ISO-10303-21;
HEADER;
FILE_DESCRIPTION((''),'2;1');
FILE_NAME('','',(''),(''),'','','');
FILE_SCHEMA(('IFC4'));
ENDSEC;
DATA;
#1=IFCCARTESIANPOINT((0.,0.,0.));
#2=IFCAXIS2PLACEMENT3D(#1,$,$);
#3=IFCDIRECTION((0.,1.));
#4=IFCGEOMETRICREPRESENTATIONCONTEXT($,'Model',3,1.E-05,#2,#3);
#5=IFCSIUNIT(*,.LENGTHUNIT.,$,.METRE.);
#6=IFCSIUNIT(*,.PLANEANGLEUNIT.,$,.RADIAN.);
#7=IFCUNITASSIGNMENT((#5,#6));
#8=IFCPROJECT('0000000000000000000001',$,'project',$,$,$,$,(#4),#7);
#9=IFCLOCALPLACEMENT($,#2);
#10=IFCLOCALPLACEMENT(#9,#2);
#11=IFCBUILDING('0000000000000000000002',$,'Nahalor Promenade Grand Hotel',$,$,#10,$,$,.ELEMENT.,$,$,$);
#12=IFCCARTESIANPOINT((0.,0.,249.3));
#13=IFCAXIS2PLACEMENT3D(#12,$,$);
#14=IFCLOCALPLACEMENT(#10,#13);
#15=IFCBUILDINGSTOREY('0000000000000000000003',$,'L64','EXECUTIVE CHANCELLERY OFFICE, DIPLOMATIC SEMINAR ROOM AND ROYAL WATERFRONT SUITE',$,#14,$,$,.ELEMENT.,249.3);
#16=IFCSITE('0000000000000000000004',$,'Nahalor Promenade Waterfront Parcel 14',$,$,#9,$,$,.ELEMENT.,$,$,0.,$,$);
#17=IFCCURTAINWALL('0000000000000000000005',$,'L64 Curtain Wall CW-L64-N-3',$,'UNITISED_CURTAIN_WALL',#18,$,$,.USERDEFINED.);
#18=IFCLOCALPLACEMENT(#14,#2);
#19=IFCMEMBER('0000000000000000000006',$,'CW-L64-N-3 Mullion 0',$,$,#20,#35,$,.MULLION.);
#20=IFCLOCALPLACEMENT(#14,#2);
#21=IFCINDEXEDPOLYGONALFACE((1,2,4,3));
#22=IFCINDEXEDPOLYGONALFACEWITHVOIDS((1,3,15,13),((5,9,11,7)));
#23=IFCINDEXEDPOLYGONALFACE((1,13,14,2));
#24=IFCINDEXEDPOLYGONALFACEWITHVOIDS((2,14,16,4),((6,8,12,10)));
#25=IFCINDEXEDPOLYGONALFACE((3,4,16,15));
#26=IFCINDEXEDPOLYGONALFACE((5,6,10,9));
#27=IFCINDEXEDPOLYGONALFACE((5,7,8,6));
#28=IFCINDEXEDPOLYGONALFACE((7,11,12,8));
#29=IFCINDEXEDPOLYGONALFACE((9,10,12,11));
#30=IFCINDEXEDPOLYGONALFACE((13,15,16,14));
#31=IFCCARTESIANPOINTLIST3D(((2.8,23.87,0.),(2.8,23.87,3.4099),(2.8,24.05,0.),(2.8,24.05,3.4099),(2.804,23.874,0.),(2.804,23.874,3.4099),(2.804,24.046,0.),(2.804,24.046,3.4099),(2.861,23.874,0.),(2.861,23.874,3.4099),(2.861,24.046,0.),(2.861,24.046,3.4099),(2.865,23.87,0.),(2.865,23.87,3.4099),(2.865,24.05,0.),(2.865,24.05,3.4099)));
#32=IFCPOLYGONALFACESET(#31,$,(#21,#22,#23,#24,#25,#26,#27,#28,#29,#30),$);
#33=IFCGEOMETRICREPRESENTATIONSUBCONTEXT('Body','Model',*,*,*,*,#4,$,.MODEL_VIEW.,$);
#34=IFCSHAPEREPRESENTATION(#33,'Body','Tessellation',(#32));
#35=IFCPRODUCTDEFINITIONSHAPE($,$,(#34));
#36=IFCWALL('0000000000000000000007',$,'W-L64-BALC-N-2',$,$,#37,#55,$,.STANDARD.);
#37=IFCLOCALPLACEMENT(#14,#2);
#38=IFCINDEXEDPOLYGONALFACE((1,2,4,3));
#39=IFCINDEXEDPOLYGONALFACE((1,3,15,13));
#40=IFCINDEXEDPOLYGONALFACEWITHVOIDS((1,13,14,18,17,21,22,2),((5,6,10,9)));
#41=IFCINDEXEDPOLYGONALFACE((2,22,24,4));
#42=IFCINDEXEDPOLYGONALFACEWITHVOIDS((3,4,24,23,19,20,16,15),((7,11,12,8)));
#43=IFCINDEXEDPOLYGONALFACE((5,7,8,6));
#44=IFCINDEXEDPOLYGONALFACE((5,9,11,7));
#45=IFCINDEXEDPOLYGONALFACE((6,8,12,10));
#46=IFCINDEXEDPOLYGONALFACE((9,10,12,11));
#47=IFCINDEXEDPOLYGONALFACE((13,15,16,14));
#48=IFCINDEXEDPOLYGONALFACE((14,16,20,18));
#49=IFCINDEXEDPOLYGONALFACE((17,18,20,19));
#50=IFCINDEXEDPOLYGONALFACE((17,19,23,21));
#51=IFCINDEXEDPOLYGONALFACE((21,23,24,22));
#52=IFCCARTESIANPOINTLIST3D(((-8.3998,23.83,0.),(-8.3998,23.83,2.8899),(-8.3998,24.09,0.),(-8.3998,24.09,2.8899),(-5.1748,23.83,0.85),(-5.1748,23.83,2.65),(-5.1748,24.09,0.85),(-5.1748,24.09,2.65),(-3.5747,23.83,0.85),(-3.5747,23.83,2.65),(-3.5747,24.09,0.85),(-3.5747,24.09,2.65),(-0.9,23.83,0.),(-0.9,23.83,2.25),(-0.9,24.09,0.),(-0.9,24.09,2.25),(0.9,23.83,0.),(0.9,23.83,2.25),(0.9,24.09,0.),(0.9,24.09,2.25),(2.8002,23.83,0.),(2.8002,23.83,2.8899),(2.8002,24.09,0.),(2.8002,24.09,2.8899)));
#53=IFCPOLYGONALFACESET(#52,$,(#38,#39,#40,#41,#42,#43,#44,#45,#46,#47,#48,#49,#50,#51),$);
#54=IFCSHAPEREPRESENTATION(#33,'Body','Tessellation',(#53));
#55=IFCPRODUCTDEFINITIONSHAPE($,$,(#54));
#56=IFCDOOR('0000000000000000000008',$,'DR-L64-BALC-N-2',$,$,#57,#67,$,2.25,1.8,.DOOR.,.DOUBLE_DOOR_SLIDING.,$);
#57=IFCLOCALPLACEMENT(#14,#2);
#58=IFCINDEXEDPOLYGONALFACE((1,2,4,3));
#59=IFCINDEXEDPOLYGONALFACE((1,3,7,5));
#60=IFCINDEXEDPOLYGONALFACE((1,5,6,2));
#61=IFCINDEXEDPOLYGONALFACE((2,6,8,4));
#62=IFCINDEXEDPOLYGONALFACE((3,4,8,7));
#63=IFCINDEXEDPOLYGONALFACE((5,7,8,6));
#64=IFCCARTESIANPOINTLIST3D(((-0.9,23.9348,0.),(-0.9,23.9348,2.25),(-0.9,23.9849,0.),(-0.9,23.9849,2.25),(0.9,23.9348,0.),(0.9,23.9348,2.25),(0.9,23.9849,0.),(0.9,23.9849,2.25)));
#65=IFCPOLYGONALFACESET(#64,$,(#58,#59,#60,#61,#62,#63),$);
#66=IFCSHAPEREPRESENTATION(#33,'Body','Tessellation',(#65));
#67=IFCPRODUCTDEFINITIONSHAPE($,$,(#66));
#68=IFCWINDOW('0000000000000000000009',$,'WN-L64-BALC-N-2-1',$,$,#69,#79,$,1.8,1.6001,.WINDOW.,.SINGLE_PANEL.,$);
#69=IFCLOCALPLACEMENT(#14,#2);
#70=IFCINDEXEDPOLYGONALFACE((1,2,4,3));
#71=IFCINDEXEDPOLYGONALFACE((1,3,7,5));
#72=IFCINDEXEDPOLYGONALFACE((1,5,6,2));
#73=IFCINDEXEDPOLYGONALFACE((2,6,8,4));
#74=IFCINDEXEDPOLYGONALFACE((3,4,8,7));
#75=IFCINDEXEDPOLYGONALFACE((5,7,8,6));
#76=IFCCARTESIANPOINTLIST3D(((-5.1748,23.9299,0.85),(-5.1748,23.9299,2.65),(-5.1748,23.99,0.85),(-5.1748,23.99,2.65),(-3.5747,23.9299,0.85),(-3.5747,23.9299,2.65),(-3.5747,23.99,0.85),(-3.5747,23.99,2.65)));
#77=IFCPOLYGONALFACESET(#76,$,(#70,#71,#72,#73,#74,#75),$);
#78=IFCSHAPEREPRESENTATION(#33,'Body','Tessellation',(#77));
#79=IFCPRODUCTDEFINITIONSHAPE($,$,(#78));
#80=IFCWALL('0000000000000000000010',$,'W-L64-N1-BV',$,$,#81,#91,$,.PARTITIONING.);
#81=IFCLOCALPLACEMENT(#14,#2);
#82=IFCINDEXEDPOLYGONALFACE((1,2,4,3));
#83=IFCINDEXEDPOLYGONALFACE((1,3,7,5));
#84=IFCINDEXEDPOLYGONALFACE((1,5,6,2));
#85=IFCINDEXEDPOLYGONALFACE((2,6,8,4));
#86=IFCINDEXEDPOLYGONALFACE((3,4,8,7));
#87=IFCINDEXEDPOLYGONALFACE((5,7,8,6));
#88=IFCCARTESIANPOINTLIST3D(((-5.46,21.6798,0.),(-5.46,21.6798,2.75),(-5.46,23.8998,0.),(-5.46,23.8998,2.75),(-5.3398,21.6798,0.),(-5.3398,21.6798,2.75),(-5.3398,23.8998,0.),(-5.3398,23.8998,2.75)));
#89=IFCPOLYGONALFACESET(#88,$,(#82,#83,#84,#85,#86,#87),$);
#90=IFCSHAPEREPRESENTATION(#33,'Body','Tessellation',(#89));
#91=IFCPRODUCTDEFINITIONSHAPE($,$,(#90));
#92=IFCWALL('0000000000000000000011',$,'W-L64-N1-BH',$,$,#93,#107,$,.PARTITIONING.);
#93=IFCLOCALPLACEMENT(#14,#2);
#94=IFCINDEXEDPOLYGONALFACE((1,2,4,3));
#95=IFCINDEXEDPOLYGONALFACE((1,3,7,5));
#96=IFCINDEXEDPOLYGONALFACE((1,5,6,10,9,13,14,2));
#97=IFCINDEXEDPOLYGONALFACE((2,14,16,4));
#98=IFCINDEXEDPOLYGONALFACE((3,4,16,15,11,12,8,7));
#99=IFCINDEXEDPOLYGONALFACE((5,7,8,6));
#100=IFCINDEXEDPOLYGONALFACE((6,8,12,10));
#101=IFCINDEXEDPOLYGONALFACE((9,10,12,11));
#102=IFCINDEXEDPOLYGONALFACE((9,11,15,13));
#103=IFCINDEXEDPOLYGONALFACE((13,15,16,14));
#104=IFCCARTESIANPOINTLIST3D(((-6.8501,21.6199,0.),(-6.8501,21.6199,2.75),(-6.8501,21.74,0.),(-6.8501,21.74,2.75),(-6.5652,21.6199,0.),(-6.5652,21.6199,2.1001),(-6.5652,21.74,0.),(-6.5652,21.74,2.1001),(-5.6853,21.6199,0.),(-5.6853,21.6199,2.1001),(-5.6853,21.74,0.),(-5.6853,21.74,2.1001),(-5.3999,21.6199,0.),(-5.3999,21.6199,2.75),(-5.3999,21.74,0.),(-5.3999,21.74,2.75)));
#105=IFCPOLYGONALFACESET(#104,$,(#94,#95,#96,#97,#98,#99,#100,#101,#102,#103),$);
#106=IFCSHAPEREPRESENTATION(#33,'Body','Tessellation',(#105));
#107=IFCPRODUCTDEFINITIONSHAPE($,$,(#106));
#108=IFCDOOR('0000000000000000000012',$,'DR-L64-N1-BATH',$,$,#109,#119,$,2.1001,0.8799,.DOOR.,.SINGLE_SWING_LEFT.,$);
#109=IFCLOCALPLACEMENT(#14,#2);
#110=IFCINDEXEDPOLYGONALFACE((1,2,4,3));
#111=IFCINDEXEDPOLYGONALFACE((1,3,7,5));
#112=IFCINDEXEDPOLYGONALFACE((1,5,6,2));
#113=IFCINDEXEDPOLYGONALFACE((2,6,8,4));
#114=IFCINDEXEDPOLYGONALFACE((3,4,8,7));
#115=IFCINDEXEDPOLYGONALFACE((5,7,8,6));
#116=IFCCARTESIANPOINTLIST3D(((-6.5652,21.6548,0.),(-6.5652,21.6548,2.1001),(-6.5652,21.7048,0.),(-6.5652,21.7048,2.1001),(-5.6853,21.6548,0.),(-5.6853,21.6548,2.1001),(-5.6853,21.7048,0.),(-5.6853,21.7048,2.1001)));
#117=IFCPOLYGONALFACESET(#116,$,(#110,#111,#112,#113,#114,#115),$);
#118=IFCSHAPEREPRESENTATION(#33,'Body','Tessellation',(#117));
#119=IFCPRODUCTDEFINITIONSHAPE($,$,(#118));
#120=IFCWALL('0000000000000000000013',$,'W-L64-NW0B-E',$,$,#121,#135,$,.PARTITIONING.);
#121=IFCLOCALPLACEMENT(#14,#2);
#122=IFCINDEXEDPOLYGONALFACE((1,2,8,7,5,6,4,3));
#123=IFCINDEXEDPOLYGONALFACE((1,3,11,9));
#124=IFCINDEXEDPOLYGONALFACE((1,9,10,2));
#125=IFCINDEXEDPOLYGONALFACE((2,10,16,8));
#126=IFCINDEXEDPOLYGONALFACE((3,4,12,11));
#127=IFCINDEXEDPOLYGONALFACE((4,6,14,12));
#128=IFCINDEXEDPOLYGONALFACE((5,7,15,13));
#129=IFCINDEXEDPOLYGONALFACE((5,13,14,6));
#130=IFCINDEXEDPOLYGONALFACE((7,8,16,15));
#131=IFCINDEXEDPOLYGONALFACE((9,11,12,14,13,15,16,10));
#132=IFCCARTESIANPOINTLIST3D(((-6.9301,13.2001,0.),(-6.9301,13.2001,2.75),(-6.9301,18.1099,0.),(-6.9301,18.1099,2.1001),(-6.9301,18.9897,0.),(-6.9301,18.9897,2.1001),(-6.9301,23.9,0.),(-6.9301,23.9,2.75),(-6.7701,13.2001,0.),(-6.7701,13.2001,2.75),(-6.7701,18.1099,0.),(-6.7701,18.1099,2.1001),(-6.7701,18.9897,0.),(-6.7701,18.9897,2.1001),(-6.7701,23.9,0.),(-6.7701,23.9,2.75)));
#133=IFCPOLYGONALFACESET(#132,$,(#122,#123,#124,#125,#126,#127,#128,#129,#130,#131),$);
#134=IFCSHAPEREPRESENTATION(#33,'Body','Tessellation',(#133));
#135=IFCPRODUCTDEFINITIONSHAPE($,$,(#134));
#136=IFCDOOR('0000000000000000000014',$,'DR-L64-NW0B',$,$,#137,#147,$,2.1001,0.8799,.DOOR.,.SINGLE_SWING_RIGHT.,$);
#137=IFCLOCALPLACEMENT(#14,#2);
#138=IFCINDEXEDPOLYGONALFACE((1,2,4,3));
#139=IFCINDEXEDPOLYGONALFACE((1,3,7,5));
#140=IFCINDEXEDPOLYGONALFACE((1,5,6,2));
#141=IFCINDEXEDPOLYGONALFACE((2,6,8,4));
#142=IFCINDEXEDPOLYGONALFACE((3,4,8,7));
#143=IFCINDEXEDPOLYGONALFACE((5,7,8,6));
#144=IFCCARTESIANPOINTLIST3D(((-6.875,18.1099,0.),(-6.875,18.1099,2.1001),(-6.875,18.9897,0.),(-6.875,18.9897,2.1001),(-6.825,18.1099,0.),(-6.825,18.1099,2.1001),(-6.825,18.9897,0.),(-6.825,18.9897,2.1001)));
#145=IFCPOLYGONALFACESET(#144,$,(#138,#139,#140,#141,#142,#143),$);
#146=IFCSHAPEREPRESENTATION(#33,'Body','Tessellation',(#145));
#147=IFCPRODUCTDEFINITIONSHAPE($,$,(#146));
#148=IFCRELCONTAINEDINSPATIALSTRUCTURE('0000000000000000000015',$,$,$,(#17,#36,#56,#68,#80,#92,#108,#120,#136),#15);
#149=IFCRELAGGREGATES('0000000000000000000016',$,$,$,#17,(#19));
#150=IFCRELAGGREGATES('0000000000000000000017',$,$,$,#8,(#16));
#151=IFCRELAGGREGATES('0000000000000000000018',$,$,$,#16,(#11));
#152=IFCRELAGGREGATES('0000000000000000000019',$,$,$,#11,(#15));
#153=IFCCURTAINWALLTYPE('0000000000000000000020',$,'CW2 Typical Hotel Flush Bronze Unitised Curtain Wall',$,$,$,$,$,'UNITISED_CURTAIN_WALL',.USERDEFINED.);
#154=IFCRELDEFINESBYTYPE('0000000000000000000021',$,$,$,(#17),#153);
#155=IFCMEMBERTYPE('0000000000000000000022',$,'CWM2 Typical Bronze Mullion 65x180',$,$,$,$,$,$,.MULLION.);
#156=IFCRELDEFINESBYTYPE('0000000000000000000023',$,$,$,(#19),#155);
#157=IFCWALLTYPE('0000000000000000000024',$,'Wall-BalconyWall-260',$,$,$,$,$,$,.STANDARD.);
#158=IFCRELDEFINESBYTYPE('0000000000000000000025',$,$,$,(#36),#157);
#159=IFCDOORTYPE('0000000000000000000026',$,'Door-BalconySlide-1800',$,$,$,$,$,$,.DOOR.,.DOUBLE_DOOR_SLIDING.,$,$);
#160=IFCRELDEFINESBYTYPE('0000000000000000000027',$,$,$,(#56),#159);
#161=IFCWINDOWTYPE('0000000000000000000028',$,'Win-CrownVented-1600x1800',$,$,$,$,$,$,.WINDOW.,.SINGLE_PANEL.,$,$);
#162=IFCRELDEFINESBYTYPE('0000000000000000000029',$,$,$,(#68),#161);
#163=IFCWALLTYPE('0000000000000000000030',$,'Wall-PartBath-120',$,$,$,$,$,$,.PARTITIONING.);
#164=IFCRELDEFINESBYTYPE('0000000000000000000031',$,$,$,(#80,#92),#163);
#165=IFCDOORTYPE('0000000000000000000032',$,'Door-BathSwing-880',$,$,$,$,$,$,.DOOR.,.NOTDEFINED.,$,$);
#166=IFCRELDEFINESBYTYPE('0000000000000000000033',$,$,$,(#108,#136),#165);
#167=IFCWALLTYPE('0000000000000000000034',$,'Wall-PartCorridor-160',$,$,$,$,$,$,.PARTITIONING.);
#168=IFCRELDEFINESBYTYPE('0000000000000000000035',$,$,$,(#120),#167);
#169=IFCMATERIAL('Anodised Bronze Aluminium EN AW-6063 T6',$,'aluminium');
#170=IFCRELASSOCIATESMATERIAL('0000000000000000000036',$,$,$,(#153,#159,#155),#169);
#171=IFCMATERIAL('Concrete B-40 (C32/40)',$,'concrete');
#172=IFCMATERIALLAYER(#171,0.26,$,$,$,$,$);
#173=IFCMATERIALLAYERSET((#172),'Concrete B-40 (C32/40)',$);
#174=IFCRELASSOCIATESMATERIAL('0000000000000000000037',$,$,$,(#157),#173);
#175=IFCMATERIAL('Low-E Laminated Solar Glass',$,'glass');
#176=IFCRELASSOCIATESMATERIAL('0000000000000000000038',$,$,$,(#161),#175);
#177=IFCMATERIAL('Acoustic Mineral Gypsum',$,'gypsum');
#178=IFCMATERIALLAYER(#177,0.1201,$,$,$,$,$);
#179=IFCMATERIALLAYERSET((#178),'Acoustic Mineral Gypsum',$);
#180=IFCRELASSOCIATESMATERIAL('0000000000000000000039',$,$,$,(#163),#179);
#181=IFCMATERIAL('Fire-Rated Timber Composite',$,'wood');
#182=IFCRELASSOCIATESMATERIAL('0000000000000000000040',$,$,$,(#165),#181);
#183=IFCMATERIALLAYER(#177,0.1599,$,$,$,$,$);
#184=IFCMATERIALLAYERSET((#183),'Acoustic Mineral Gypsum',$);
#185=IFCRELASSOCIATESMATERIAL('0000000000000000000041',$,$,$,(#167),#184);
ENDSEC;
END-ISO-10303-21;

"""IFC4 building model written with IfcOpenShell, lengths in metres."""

from ifc_helpers import new_model, si_unit, direction, frame, frame_2d, origin, origin_2d, place, context, subcontext, project, spatial, rectangle, hollow_rectangle, extrude, source, transform, mapped, material, layer, layer_set, material_profile, profile_set, type_object, element, fill, aggregate, save


model = new_model("IFC4")

# Units and contexts
model_context = context("Model", 3, precision=1e-05, world=origin(), true_north=direction((0.0, 1.0)))
body_context = subcontext(model_context, "Body", "Model", "MODEL_VIEW")
ifc_project = project(units=[si_unit("LENGTHUNIT", "METRE"), si_unit("PLANEANGLEUNIT", "RADIAN")], contexts=[model_context])

# Site, building, storey
site_placement = place(None, origin())
site = spatial("IfcSite", under=ifc_project, at=site_placement, Name="Nahalor Promenade Waterfront Parcel 14", CompositionType="ELEMENT", RefElevation=0.0)
building_placement = place(site_placement, origin())
building = spatial("IfcBuilding", under=site, at=building_placement, Name="Nahalor Promenade Grand Hotel", CompositionType="ELEMENT")
storey_placement = place(building_placement, frame((0.0, 0.0, 249.3)))
storey = spatial("IfcBuildingStorey", under=building, at=storey_placement, Name="L64", Description="EXECUTIVE CHANCELLERY OFFICE, DIPLOMATIC SEMINAR ROOM AND ROYAL WATERFRONT SUITE", CompositionType="ELEMENT", Elevation=249.3)

# Curtain wall, member
ifc_material_1 = material(Name="Anodised Bronze Aluminium EN AW-6063 T6", Category="aluminium")
curtain_wall_type = type_object("IfcCurtainWallType", Name="CW2 Typical Hotel Flush Bronze Unitised Curtain Wall", ElementType="UNITISED_CURTAIN_WALL", PredefinedType="USERDEFINED", material=ifc_material_1)
curtain_wall_placement = place(storey_placement, origin())
curtain_wall = element("IfcCurtainWall", 1, at=curtain_wall_placement, inside=storey, type_object=curtain_wall_type, Name="L64 Curtain Wall CW-L64-N-3", ObjectType="UNITISED_CURTAIN_WALL", PredefinedType="USERDEFINED")
ifc_material_profile_1 = material_profile(ifc_material_1, hollow_rectangle(XDim=0.065, YDim=0.18, WallThickness=0.004, at=origin_2d()), Name="CWM 65x180x4")
ifc_profile_set_1 = profile_set([ifc_material_profile_1], Name="Anodised Bronze Aluminium EN AW-6063 T6")
member_type_1 = type_object("IfcMemberType", Name="CWM2 Typical Bronze Mullion 65x180", PredefinedType="MULLION", material=ifc_profile_set_1)
shared_shape_1 = source(origin(), body_context, "Body", "SweptSolid", [
    extrude(hollow_rectangle(XDim=0.065, YDim=0.18, WallThickness=0.004, at=origin_2d()), origin(), (0.0, 0.0, 1.0), 3.4099),
])
member_1_placement = place(storey_placement, frame((2.8325, 23.96, 0.0), z_axis=(0.0, 0.0, 1.0), x_axis=(1.0, 0.0, 0.0)))
member_1 = element("IfcMember", 2, at=member_1_placement, type_object=member_type_1, Name="CW-L64-N-3 Mullion 0", PredefinedType="MULLION", context=body_context, shape_type="MappedRepresentation", body=[
    mapped(shared_shape_1, transform((0.0, 0.0, 0.0), scale=1.0)),
])
aggregate(curtain_wall, [member_1])

# Wall, openings, door, window
ifc_material_2 = material(Name="Concrete B-40 (C32/40)", Category="concrete")
ifc_layer_1 = layer(ifc_material_2, 0.26)
ifc_layer_set_1 = layer_set([ifc_layer_1], Name="Concrete B-40 (C32/40)")
wall_type_1 = type_object("IfcWallType", Name="Wall-BalconyWall-260", PredefinedType="STANDARD", material=ifc_layer_set_1)
shared_shape_2 = source(origin(), body_context, "Body", "SweptSolid", [
    extrude(rectangle(XDim=11.2, YDim=0.26, at=frame_2d((5.6001, 0.0))), origin(), (0.0, 0.0, 1.0), 2.8899),
])
wall_1_placement = place(storey_placement, frame((-8.3999, 23.96, 0.0), z_axis=(0.0, 0.0, 1.0), x_axis=(1.0, 0.0, 0.0)))
wall_1 = element("IfcWall", 3, at=wall_1_placement, inside=storey, type_object=wall_type_1, Name="W-L64-BALC-N-2", PredefinedType="STANDARD", context=body_context, shape_type="MappedRepresentation", body=[
    mapped(shared_shape_2, transform((0.0, 0.0, 0.0), scale=1.0)),
])
opening_1_placement = place(wall_1_placement, frame((7.5, 0.0, 0.0)))
opening_1 = element("IfcOpeningElement", 4, at=opening_1_placement, cuts=wall_1, PredefinedType="OPENING", context=body_context, shape_type="SweptSolid", body=[
    extrude(rectangle(XDim=1.8, YDim=2.25, at=frame_2d((0.8999, 1.125))), frame((0.0, 0.1399, 0.0), z_axis=(0.0, -1.0, 0.0), x_axis=(1.0, 0.0, 0.0)), (0.0, 0.0, 1.0), 0.28),
])
opening_2_placement = place(wall_1_placement, frame((3.2251, 0.0, 0.8501)))
opening_2 = element("IfcOpeningElement", 5, at=opening_2_placement, cuts=wall_1, PredefinedType="OPENING", context=body_context, shape_type="SweptSolid", body=[
    extrude(rectangle(XDim=1.6001, YDim=1.8, at=frame_2d((0.8, 0.8999))), frame((0.0, 0.1399, 0.0), z_axis=(0.0, -1.0, 0.0), x_axis=(1.0, 0.0, 0.0)), (0.0, 0.0, 1.0), 0.28),
])
door_type_1 = type_object("IfcDoorType", Name="Door-BalconySlide-1800", OperationType="DOUBLE_DOOR_SLIDING", PredefinedType="DOOR", material=ifc_material_1)
shared_shape_3 = source(origin(), body_context, "Body", "SweptSolid", [
    extrude(rectangle(XDim=1.8, YDim=2.25, at=frame_2d((0.8999, 1.125))), frame((0.0, 0.0249, 0.0), z_axis=(0.0, -1.0, 0.0), x_axis=(1.0, 0.0, 0.0)), (0.0, 0.0, 1.0), 0.05),
])
door_1_placement = place(opening_1_placement, origin())
door_1 = element("IfcDoor", 6, at=door_1_placement, inside=storey, type_object=door_type_1, Name="DR-L64-BALC-N-2", OperationType="DOUBLE_DOOR_SLIDING", OverallHeight=2.25, OverallWidth=1.8, PredefinedType="DOOR", context=body_context, shape_type="MappedRepresentation", body=[
    mapped(shared_shape_3, transform((0.0, 0.0, 0.0), scale=1.0)),
])
fill(opening_1, door_1)
ifc_material_3 = material(Name="Low-E Laminated Solar Glass", Category="glass")
window_type = type_object("IfcWindowType", Name="Win-CrownVented-1600x1800", PartitioningType="SINGLE_PANEL", PredefinedType="WINDOW", material=ifc_material_3)
shared_shape_4 = source(origin(), body_context, "Body", "SweptSolid", [
    extrude(rectangle(XDim=1.6001, YDim=1.8, at=frame_2d((0.8, 0.8999))), frame((0.0, 0.03, 0.0), z_axis=(0.0, -1.0, 0.0), x_axis=(1.0, 0.0, 0.0)), (0.0, 0.0, 1.0), 0.0601),
])
window_placement = place(opening_2_placement, origin())
window = element("IfcWindow", 7, at=window_placement, inside=storey, type_object=window_type, Name="WN-L64-BALC-N-2-1", OverallHeight=1.8, OverallWidth=1.6001, PartitioningType="SINGLE_PANEL", PredefinedType="WINDOW", context=body_context, shape_type="MappedRepresentation", body=[
    mapped(shared_shape_4, transform((0.0, 0.0, 0.0), scale=1.0)),
])
fill(opening_2, window)

# Wall
ifc_material_4 = material(Name="Acoustic Mineral Gypsum", Category="gypsum")
ifc_layer_2 = layer(ifc_material_4, 0.1201)
ifc_layer_set_2 = layer_set([ifc_layer_2], Name="Acoustic Mineral Gypsum")
wall_type_2 = type_object("IfcWallType", Name="Wall-PartBath-120", PredefinedType="PARTITIONING", material=ifc_layer_set_2)
shared_shape_5 = source(origin(), body_context, "Body", "SweptSolid", [
    extrude(rectangle(XDim=2.22, YDim=0.1201, at=frame_2d((1.1099, 0.0))), origin(), (0.0, 0.0, 1.0), 2.75),
])
wall_2_placement = place(storey_placement, frame((-5.3999, 21.6799, 0.0), z_axis=(0.0, 0.0, 1.0), x_axis=(0.0, 1.0, 0.0)))
element("IfcWall", 8, at=wall_2_placement, inside=storey, type_object=wall_type_2, Name="W-L64-N1-BV", PredefinedType="PARTITIONING", context=body_context, shape_type="MappedRepresentation", body=[
    mapped(shared_shape_5, transform((0.0, 0.0, 0.0), scale=1.0)),
])

# Walls, openings, doors
shared_shape_6 = source(origin(), body_context, "Body", "SweptSolid", [
    extrude(rectangle(XDim=1.4502, YDim=0.1201, at=frame_2d((0.7251, 0.0))), origin(), (0.0, 0.0, 1.0), 2.75),
])
wall_3_placement = place(storey_placement, frame((-6.8501, 21.6799, 0.0), z_axis=(0.0, 0.0, 1.0), x_axis=(1.0, 0.0, 0.0)))
wall_3 = element("IfcWall", 9, at=wall_3_placement, inside=storey, type_object=wall_type_2, Name="W-L64-N1-BH", PredefinedType="PARTITIONING", context=body_context, shape_type="MappedRepresentation", body=[
    mapped(shared_shape_6, transform((0.0, 0.0, 0.0), scale=1.0)),
])
opening_3_placement = place(wall_3_placement, frame((0.2849, 0.0, 0.0)))
opening_3 = element("IfcOpeningElement", 10, at=opening_3_placement, cuts=wall_3, PredefinedType="OPENING", context=body_context, shape_type="SweptSolid", body=[
    extrude(rectangle(XDim=0.8799, YDim=2.1001, at=frame_2d((0.4399, 1.05))), frame((0.0, 0.0701, 0.0), z_axis=(0.0, -1.0, 0.0), x_axis=(1.0, 0.0, 0.0)), (0.0, 0.0, 1.0), 0.1401),
])
ifc_material_5 = material(Name="Fire-Rated Timber Composite", Category="wood")
door_type_2 = type_object("IfcDoorType", Name="Door-BathSwing-880", OperationType="NOTDEFINED", PredefinedType="DOOR", material=ifc_material_5)
shared_shape_7 = source(origin(), body_context, "Body", "SweptSolid", [
    extrude(rectangle(XDim=0.8799, YDim=2.1001, at=frame_2d((0.4399, 1.05))), frame((0.0, 0.0249, 0.0), z_axis=(0.0, -1.0, 0.0), x_axis=(1.0, 0.0, 0.0)), (0.0, 0.0, 1.0), 0.05),
])
door_2_placement = place(opening_3_placement, origin())
door_2 = element("IfcDoor", 11, at=door_2_placement, inside=storey, type_object=door_type_2, Name="DR-L64-N1-BATH", OperationType="SINGLE_SWING_LEFT", OverallHeight=2.1001, OverallWidth=0.8799, PredefinedType="DOOR", context=body_context, shape_type="MappedRepresentation", body=[
    mapped(shared_shape_7, transform((0.0, 0.0, 0.0), scale=1.0)),
])
fill(opening_3, door_2)
ifc_layer_3 = layer(ifc_material_4, 0.1599)
ifc_layer_set_3 = layer_set([ifc_layer_3], Name="Acoustic Mineral Gypsum")
wall_type_3 = type_object("IfcWallType", Name="Wall-PartCorridor-160", PredefinedType="PARTITIONING", material=ifc_layer_set_3)
shared_shape_8 = source(origin(), body_context, "Body", "SweptSolid", [
    extrude(rectangle(XDim=10.7, YDim=0.1599, at=frame_2d((5.3501, 0.0))), origin(), (0.0, 0.0, 1.0), 2.75),
])
wall_4_placement = place(storey_placement, frame((-6.8501, 13.2, 0.0), z_axis=(0.0, 0.0, 1.0), x_axis=(0.0, 1.0, 0.0)))
wall_4 = element("IfcWall", 12, at=wall_4_placement, inside=storey, type_object=wall_type_3, Name="W-L64-NW0B-E", PredefinedType="PARTITIONING", context=body_context, shape_type="MappedRepresentation", body=[
    mapped(shared_shape_8, transform((0.0, 0.0, 0.0), scale=1.0)),
])
opening_4_placement = place(wall_4_placement, frame((4.9099, 0.0, 0.0)))
opening_4 = element("IfcOpeningElement", 13, at=opening_4_placement, cuts=wall_4, PredefinedType="OPENING", context=body_context, shape_type="SweptSolid", body=[
    extrude(rectangle(XDim=0.8799, YDim=2.1001, at=frame_2d((0.4399, 1.05))), frame((0.0, 0.0898, 0.0), z_axis=(0.0, -1.0, 0.0), x_axis=(1.0, 0.0, 0.0)), (0.0, 0.0, 1.0), 0.1799),
])
door_3_placement = place(opening_4_placement, origin())
door_3 = element("IfcDoor", 14, at=door_3_placement, inside=storey, type_object=door_type_2, Name="DR-L64-NW0B", OperationType="SINGLE_SWING_RIGHT", OverallHeight=2.1001, OverallWidth=0.8799, PredefinedType="DOOR", context=body_context, shape_type="MappedRepresentation", body=[
    mapped(shared_shape_7, transform((0.0, 0.0, 0.0), scale=1.0)),
])
fill(opening_4, door_3)

save(model, "model.ifc")
